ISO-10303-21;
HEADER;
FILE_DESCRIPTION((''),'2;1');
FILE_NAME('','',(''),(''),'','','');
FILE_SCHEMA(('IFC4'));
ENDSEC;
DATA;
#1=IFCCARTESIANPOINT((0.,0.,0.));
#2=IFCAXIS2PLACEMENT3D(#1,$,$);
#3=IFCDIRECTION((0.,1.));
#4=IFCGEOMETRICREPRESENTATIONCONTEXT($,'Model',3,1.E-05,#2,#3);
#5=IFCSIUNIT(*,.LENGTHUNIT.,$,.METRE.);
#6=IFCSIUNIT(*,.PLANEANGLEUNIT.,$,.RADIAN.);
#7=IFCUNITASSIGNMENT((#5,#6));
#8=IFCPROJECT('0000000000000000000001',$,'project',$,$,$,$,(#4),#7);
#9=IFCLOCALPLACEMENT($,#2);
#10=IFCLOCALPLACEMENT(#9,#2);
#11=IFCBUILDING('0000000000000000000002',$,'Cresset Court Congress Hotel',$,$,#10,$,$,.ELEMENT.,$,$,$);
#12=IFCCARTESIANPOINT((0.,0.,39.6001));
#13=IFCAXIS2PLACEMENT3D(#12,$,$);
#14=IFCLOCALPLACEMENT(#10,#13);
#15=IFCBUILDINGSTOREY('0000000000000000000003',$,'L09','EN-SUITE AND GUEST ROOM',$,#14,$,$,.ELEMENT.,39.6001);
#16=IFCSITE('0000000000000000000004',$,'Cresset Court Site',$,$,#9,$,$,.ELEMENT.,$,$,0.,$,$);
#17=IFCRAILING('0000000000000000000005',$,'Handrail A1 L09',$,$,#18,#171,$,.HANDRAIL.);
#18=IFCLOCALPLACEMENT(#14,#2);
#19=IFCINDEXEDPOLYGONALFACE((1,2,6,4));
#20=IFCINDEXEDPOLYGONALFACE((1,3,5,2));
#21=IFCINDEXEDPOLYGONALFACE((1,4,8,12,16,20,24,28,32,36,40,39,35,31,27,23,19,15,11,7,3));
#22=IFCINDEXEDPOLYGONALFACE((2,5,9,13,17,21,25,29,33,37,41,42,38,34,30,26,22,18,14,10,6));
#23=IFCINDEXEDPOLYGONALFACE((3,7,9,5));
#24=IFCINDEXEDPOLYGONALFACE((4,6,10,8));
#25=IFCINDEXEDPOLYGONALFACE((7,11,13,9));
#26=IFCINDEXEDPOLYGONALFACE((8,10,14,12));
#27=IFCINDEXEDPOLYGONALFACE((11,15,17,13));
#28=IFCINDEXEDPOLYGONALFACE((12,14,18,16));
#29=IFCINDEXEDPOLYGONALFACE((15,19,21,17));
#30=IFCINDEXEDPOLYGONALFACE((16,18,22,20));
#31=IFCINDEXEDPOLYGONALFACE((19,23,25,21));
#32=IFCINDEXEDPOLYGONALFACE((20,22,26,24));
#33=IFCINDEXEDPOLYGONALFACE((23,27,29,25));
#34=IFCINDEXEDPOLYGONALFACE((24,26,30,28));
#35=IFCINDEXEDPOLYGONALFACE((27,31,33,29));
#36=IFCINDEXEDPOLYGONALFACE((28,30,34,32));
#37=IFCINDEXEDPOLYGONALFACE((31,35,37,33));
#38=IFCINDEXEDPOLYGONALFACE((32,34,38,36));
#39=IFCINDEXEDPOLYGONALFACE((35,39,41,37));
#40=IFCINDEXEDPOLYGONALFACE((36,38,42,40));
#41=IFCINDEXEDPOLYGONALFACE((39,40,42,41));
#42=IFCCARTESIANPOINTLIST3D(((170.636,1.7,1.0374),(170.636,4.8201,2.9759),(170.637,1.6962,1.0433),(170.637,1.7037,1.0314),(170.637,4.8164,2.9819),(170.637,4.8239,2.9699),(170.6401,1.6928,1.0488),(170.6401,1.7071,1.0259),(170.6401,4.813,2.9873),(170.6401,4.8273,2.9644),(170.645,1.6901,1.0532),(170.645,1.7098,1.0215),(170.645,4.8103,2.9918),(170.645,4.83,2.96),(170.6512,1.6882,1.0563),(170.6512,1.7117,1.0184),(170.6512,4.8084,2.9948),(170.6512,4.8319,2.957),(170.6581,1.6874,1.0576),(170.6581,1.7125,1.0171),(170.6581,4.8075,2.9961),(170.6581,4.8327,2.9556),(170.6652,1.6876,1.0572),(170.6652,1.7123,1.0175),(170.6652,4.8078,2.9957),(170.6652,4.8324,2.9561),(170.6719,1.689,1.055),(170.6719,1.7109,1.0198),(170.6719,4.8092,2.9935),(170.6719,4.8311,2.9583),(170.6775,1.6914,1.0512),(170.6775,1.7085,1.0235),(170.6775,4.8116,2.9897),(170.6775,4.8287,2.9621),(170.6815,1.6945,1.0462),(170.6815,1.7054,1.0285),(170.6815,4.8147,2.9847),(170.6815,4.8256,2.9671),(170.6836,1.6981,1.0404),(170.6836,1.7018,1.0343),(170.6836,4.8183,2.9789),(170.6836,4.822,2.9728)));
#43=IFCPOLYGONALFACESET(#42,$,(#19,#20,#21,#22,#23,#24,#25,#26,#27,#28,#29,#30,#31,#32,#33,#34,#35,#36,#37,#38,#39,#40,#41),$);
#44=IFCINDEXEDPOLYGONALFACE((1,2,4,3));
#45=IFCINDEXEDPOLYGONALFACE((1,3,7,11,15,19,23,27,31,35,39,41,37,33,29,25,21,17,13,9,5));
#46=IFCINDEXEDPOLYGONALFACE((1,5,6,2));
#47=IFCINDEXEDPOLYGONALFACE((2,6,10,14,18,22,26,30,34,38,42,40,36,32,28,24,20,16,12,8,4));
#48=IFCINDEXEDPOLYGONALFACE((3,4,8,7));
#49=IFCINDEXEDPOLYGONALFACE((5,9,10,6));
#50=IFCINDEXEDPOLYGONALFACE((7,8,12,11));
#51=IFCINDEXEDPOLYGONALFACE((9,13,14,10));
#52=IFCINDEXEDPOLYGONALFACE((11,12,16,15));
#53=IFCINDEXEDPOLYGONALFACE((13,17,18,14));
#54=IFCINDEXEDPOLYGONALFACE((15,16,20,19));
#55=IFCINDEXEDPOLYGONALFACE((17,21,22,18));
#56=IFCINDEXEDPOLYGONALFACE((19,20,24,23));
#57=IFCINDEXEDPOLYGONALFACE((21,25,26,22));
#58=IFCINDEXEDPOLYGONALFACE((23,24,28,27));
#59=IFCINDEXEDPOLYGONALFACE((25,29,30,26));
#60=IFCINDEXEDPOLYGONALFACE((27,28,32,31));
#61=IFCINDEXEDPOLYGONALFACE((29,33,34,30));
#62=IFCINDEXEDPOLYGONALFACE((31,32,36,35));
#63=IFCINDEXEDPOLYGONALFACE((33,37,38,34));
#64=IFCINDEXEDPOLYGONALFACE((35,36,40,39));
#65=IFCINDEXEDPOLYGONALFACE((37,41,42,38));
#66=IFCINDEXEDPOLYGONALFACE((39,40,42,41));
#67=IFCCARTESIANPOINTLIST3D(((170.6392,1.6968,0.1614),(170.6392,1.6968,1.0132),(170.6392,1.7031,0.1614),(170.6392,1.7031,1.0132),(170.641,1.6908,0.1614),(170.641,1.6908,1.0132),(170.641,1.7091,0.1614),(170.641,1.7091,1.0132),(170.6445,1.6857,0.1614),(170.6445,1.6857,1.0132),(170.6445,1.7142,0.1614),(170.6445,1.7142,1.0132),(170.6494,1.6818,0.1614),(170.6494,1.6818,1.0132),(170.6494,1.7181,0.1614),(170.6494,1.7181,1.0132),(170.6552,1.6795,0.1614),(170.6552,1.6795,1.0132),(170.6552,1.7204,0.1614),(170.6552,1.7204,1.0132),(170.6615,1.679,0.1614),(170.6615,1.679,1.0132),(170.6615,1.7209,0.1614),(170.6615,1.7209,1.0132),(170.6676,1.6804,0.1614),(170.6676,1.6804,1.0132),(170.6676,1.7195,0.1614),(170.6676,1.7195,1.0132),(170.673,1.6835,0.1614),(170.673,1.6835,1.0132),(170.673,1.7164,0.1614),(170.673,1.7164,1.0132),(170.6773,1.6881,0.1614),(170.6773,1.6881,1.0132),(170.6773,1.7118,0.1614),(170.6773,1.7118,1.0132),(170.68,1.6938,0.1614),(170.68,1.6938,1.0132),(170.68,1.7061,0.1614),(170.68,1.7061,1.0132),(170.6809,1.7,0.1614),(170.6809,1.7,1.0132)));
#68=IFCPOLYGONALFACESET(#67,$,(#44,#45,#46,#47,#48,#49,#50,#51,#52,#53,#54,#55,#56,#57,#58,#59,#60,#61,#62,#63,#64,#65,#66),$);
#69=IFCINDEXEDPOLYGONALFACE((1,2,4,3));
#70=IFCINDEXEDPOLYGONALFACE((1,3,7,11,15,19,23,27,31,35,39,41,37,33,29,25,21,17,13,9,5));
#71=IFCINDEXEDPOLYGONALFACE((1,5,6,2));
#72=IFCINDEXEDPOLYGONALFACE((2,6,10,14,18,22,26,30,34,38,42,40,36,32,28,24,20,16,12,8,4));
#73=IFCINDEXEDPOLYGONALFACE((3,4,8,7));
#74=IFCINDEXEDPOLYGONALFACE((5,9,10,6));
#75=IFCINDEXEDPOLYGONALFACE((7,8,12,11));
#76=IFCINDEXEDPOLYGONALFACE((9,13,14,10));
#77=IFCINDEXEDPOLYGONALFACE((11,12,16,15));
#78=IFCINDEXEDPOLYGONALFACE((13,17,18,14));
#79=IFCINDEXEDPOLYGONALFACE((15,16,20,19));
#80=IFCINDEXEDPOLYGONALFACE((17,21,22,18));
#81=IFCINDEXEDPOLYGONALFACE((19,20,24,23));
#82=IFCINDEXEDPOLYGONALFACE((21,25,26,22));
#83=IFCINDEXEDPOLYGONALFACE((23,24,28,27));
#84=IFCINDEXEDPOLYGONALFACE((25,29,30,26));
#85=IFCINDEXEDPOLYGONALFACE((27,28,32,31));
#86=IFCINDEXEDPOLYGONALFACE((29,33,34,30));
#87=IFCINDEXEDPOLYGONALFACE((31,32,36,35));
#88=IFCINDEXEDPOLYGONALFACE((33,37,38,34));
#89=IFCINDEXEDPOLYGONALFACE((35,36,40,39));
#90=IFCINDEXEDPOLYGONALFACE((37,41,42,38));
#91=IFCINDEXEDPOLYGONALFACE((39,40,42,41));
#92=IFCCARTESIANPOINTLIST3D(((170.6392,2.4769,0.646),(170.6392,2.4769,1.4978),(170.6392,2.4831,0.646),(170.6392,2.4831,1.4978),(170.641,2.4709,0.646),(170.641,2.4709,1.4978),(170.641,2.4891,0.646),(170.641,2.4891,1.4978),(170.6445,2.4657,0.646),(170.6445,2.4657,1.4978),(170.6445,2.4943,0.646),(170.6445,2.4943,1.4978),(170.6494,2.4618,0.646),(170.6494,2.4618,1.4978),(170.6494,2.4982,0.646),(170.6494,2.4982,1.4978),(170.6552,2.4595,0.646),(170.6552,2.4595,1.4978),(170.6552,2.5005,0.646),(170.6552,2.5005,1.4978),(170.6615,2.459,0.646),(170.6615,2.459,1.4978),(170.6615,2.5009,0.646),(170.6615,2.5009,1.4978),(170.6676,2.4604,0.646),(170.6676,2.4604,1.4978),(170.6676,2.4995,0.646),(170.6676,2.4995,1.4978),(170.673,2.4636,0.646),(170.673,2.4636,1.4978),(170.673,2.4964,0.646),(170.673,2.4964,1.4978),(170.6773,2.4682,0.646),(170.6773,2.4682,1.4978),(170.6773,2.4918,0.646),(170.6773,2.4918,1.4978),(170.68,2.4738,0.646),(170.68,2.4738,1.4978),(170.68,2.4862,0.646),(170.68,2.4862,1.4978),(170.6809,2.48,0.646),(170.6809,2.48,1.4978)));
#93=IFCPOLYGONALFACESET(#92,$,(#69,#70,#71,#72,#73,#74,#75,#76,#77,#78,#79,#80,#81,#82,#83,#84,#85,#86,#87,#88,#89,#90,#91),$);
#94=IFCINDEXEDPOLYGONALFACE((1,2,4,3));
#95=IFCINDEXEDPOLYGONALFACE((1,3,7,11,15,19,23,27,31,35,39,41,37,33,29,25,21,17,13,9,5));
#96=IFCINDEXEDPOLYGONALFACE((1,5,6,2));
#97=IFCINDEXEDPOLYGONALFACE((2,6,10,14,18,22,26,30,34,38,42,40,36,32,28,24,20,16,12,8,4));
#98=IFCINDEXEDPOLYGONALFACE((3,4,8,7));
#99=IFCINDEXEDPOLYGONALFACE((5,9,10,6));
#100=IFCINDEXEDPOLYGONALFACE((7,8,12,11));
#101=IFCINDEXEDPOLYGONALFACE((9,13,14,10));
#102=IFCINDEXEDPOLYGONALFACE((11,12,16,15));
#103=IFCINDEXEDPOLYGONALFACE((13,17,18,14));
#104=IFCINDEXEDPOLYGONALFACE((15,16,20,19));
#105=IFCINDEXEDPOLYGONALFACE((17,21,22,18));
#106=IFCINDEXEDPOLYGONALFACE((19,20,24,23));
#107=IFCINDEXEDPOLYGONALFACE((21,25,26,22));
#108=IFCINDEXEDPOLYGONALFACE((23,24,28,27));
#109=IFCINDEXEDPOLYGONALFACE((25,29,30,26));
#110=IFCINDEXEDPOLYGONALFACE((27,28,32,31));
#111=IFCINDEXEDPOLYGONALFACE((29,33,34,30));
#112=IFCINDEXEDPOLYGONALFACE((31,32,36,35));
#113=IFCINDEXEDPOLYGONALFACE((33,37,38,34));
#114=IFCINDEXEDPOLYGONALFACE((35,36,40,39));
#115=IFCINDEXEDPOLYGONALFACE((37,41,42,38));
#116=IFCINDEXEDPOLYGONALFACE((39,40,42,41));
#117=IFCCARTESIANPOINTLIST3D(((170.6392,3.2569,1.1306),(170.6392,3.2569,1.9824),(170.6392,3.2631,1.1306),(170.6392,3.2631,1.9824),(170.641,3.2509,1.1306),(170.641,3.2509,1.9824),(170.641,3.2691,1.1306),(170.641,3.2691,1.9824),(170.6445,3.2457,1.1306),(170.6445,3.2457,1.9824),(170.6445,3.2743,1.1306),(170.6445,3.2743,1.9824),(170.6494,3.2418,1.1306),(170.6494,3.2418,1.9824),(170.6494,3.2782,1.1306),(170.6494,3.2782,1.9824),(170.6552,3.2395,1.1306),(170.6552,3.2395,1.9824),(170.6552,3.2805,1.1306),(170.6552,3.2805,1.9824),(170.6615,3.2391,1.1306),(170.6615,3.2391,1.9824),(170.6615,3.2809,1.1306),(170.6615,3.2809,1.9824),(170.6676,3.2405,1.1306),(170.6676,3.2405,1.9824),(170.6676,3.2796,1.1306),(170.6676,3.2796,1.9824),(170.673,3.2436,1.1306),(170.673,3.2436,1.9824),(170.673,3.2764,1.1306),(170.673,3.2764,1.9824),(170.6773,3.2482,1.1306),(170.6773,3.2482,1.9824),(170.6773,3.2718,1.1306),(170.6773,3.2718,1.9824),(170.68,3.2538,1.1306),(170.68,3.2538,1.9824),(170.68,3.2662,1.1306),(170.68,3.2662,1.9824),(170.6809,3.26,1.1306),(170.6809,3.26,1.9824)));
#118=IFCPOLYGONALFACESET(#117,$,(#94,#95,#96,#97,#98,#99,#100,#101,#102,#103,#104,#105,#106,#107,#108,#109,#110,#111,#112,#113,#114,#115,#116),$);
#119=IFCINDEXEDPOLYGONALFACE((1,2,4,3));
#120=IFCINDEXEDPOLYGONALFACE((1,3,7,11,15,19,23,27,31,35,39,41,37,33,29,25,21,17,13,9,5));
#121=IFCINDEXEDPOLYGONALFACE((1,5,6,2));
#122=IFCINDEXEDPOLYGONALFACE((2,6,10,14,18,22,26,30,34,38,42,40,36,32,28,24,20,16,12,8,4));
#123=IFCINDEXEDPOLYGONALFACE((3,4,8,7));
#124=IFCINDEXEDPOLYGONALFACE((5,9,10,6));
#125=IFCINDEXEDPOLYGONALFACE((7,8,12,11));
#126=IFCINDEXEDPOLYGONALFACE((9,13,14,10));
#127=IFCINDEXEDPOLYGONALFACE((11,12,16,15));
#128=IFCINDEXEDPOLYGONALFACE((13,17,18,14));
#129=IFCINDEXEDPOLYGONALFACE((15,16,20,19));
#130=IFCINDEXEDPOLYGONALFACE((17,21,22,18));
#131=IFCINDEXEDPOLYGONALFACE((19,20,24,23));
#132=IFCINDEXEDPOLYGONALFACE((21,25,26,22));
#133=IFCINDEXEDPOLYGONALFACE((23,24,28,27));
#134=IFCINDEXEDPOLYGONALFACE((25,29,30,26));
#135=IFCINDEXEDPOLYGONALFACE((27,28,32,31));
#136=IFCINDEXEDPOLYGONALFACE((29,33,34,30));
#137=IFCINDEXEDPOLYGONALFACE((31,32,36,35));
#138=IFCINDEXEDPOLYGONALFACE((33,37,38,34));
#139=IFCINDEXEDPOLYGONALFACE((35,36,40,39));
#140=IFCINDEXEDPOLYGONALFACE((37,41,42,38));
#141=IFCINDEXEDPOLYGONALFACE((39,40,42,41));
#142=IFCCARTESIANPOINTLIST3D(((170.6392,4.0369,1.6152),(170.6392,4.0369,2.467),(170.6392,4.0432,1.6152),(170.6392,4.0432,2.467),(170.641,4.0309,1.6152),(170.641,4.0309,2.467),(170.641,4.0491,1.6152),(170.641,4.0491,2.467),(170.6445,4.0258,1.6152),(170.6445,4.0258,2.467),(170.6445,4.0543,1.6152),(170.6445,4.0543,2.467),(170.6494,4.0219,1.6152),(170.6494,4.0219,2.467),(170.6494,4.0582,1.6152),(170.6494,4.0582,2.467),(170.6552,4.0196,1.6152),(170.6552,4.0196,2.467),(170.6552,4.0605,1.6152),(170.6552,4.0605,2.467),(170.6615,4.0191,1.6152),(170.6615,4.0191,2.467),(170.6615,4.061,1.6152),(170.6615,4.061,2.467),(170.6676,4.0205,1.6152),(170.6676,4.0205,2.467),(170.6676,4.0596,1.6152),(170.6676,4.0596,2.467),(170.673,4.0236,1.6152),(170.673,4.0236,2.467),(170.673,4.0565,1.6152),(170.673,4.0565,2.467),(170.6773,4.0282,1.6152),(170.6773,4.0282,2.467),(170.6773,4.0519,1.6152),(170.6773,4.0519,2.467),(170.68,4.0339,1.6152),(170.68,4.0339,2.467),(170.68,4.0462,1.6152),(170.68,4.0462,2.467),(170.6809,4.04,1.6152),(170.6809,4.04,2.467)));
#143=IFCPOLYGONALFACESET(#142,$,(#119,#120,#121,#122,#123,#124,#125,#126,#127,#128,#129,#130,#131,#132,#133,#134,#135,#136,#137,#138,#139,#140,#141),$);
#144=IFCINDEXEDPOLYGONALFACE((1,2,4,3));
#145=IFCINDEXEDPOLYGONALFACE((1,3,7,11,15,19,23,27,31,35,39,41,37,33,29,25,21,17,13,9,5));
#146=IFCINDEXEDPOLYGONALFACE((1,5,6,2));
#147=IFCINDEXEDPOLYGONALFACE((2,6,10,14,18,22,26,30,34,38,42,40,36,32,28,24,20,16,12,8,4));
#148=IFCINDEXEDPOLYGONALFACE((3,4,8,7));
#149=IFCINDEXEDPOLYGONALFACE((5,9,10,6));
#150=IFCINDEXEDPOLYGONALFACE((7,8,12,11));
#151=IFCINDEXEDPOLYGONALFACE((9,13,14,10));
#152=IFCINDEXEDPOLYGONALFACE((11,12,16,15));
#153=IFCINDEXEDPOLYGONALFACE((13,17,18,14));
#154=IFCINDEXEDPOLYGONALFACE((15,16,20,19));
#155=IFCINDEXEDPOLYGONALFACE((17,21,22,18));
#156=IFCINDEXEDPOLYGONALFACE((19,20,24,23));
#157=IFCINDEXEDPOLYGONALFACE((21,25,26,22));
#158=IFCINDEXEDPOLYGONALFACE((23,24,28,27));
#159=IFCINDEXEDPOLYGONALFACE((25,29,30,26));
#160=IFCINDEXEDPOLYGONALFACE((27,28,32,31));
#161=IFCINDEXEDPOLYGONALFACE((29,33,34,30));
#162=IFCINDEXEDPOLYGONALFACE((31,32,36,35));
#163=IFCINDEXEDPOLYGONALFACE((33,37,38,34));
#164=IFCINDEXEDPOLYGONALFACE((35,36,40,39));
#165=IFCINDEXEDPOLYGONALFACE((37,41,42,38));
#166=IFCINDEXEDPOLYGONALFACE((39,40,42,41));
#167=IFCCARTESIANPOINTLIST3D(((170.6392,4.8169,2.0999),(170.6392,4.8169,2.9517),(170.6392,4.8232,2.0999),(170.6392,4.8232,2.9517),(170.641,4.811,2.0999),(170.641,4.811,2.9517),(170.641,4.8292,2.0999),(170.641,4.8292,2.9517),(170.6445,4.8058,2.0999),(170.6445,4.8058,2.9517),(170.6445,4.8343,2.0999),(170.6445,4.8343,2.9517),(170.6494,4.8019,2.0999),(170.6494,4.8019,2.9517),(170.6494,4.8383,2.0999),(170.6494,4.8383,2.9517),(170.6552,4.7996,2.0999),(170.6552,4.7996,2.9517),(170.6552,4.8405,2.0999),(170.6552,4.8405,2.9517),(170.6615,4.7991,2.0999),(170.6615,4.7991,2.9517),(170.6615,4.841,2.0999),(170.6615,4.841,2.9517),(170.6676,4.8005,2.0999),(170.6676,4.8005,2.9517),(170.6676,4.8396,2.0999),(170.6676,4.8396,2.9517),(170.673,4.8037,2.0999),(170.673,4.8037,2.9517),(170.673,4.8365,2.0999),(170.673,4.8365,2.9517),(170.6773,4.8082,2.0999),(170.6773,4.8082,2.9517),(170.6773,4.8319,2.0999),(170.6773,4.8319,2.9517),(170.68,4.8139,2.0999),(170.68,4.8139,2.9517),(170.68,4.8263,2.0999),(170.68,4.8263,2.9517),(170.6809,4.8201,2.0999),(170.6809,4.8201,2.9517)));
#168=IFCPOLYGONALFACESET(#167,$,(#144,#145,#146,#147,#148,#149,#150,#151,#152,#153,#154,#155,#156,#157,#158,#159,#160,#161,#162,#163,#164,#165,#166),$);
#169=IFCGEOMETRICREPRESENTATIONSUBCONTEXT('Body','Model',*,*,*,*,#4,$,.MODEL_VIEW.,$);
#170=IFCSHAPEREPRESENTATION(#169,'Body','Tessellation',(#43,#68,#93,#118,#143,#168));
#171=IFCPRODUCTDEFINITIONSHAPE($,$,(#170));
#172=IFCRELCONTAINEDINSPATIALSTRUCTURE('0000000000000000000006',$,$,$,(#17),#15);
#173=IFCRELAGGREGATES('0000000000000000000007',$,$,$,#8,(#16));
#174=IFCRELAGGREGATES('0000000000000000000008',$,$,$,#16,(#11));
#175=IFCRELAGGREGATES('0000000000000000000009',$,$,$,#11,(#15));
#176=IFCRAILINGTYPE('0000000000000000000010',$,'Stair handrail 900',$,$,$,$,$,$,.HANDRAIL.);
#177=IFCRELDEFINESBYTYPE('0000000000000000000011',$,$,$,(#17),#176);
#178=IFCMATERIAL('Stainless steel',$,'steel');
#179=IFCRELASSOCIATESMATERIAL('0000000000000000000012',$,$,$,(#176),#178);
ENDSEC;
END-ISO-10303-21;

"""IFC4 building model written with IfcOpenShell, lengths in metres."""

from ifc_helpers import new_model, si_unit, direction, frame, origin, origin_2d, place, context, subcontext, project, spatial, circle, extrude, material, type_object, element, save


model = new_model("IFC4")

# Units and contexts
model_context = context("Model", 3, precision=1e-05, world=origin(), true_north=direction((0.0, 1.0)))
body_context = subcontext(model_context, "Body", "Model", "MODEL_VIEW")
ifc_project = project(units=[si_unit("LENGTHUNIT", "METRE"), si_unit("PLANEANGLEUNIT", "RADIAN")], contexts=[model_context])

# Site, building, storey
site_placement = place(None, origin())
site = spatial("IfcSite", under=ifc_project, at=site_placement, Name="Cresset Court Site", CompositionType="ELEMENT", RefElevation=0.0)
building_placement = place(site_placement, origin())
building = spatial("IfcBuilding", under=site, at=building_placement, Name="Cresset Court Congress Hotel", CompositionType="ELEMENT")
storey_placement = place(building_placement, frame((0.0, 0.0, 39.6001)))
storey = spatial("IfcBuildingStorey", under=building, at=storey_placement, Name="L09", Description="EN-SUITE AND GUEST ROOM", CompositionType="ELEMENT", Elevation=39.6001)

# Railing
ifc_material_1 = material(Name="Stainless steel", Category="steel")
railing_type = type_object("IfcRailingType", Name="Stair handrail 900", PredefinedType="HANDRAIL", material=ifc_material_1)
for number, where, name in (
    (1, (170.6599, 1.7, 0.1614), "Handrail A1 L09"),
):
    element("IfcRailing", number, at=place(storey_placement, frame(where)), inside=storey, type_object=railing_type, Name=name, PredefinedType="HANDRAIL", context=body_context, shape_type="SweptSolid", body=[
        extrude(circle(Radius=0.0239, at=origin_2d()), frame((0.0, 0.0, 0.876), z_axis=(0.0, 0.849414, 0.527727), x_axis=(-1.0, 0.0, 0.0)), (0.0, 0.0, 1.0), 3.6733),
        extrude(circle(Radius=0.021, at=origin_2d()), origin(), (0.0, 0.0, 1.0), 0.8518),
        extrude(circle(Radius=0.021, at=origin_2d()), frame((0.0, 0.78, 0.4846)), (0.0, 0.0, 1.0), 0.8518),
        extrude(circle(Radius=0.021, at=origin_2d()), frame((0.0, 1.5601, 0.9692)), (0.0, 0.0, 1.0), 0.8518),
        extrude(circle(Radius=0.021, at=origin_2d()), frame((0.0, 2.3401, 1.4539)), (0.0, 0.0, 1.0), 0.8518),
        extrude(circle(Radius=0.021, at=origin_2d()), frame((0.0, 3.1201, 1.9385)), (0.0, 0.0, 1.0), 0.8518),
    ])

save(model, "model.ifc")
